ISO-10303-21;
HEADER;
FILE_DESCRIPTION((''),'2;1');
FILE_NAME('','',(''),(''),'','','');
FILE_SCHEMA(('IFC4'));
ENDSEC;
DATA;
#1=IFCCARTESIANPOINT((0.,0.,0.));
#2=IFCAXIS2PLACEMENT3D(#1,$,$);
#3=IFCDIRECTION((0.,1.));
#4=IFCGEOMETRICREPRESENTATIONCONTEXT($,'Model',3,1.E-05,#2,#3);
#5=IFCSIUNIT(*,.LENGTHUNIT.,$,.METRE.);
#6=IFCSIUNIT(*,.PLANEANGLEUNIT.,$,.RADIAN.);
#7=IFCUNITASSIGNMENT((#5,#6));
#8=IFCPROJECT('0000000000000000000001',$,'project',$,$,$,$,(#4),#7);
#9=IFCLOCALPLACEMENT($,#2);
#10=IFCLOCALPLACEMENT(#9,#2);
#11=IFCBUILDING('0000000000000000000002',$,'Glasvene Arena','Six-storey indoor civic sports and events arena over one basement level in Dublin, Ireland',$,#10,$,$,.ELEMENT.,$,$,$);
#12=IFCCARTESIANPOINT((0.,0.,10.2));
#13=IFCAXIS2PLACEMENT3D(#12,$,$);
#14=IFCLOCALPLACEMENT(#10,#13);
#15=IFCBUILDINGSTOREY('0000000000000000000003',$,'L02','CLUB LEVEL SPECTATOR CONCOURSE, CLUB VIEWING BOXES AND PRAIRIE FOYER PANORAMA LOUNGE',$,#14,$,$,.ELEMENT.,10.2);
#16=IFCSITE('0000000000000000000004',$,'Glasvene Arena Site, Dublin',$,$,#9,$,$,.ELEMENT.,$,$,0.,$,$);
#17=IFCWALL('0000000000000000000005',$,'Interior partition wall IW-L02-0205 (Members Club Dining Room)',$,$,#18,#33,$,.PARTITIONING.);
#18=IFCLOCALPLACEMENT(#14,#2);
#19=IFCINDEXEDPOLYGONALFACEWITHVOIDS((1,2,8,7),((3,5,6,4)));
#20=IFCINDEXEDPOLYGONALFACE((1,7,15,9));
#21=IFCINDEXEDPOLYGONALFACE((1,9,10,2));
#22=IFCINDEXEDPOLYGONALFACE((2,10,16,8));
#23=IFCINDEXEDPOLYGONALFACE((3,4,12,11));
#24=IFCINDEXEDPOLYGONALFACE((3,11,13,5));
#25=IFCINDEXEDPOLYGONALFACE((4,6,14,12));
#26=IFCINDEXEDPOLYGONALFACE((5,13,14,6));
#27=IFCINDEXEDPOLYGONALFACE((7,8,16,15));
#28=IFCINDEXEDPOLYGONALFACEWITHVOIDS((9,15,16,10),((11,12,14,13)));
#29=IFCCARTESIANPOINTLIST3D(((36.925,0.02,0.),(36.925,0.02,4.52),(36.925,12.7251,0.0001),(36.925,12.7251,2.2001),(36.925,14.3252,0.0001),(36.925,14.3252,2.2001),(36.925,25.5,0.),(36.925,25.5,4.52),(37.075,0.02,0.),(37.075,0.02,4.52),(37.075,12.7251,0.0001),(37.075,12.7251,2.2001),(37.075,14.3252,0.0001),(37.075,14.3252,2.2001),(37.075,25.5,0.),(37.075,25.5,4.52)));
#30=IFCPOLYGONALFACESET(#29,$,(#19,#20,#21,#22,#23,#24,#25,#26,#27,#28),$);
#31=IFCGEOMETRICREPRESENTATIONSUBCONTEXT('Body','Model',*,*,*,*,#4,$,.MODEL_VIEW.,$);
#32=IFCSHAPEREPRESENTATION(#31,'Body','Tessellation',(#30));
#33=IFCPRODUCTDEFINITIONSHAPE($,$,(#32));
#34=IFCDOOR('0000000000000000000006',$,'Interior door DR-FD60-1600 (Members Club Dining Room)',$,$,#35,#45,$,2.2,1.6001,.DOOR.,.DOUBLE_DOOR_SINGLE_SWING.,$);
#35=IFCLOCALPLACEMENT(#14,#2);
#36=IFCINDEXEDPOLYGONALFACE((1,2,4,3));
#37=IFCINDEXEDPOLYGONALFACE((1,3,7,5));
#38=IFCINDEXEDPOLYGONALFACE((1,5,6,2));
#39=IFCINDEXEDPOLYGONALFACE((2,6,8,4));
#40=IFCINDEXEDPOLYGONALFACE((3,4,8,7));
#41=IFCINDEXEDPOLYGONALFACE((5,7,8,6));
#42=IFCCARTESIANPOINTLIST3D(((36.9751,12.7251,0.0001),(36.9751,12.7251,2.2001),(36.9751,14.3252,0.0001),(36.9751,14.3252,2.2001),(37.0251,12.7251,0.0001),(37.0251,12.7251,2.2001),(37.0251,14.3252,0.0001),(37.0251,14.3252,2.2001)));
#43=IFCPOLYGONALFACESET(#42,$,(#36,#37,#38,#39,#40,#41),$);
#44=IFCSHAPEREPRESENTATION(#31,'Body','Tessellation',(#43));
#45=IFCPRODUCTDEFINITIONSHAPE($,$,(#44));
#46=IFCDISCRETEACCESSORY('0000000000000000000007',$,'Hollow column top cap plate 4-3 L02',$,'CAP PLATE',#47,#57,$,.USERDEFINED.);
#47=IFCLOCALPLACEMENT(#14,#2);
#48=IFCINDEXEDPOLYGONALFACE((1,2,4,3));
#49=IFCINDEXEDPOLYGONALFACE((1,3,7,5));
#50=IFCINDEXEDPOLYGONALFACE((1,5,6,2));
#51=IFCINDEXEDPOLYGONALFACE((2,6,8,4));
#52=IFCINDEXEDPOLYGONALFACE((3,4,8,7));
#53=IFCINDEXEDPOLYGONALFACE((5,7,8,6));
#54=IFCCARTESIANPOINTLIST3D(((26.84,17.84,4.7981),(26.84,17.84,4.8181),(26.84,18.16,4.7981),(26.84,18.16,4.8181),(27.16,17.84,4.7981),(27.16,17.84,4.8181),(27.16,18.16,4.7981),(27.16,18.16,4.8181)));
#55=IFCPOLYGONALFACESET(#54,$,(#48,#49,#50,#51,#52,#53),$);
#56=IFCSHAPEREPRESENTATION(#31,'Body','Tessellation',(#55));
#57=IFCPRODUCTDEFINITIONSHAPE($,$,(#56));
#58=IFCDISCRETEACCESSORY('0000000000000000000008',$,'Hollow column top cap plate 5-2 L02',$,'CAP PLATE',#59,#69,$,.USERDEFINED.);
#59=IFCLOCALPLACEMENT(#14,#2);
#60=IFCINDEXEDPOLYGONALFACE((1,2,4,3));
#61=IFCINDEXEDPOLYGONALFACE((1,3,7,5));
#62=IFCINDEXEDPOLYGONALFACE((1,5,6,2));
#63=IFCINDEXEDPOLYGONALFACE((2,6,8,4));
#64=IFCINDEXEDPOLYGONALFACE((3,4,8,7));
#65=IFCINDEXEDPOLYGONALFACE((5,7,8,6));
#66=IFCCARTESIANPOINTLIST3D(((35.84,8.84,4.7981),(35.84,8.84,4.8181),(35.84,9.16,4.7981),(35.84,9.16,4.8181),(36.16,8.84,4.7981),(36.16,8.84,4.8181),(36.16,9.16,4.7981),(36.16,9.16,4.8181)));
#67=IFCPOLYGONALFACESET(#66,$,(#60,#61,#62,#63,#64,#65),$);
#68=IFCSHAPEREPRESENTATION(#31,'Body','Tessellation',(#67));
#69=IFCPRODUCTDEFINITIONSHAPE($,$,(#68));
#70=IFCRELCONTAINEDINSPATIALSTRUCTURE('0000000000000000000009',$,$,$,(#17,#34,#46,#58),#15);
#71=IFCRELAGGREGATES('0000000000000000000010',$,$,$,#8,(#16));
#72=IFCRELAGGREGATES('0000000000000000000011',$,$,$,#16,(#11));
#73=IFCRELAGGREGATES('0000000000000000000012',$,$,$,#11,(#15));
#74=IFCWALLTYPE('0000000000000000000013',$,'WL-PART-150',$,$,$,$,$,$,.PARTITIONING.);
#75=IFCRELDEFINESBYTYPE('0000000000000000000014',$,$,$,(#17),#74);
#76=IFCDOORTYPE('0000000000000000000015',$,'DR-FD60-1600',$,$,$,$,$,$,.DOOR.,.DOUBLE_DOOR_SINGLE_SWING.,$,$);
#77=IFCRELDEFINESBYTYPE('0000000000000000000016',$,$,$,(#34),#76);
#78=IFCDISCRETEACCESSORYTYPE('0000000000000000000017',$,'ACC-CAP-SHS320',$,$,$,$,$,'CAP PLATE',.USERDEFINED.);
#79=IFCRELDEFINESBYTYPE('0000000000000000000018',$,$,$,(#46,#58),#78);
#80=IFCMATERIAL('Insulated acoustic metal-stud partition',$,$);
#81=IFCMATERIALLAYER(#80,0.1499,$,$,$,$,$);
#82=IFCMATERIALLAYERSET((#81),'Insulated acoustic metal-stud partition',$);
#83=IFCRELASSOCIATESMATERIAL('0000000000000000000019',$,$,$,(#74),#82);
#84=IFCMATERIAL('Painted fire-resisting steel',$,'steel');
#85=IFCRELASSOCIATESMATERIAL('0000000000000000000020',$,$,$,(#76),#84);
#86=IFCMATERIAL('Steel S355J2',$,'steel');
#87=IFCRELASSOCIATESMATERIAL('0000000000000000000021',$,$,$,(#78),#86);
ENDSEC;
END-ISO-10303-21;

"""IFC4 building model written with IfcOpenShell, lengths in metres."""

from ifc_helpers import new_model, si_unit, direction, frame, frame_2d, origin, origin_2d, place, context, subcontext, project, spatial, rectangle, extrude, material, layer, layer_set, type_object, element, fill, save


model = new_model("IFC4")

# Units and contexts
model_context = context("Model", 3, precision=1e-05, world=origin(), true_north=direction((0.0, 1.0)))
body_context = subcontext(model_context, "Body", "Model", "MODEL_VIEW")
ifc_project = project(units=[si_unit("LENGTHUNIT", "METRE"), si_unit("PLANEANGLEUNIT", "RADIAN")], contexts=[model_context])

# Site, building, storey
site_placement = place(None, origin())
site = spatial("IfcSite", under=ifc_project, at=site_placement, Name="Glasvene Arena Site, Dublin", CompositionType="ELEMENT", RefElevation=0.0)
building_placement = place(site_placement, origin())
building = spatial("IfcBuilding", under=site, at=building_placement, Name="Glasvene Arena", Description="Six-storey indoor civic sports and events arena over one basement level in Dublin, Ireland", CompositionType="ELEMENT")
storey_placement = place(building_placement, frame((0.0, 0.0, 10.2)))
storey = spatial("IfcBuildingStorey", under=building, at=storey_placement, Name="L02", Description="CLUB LEVEL SPECTATOR CONCOURSE, CLUB VIEWING BOXES AND PRAIRIE FOYER PANORAMA LOUNGE", CompositionType="ELEMENT", Elevation=10.2)

# Shared definitions
ifc_material_1 = material(Name="Steel S355J2", Category="steel")

# Wall, opening, door
ifc_material_2 = material(Name="Insulated acoustic metal-stud partition")
ifc_layer_1 = layer(ifc_material_2, 0.1499)
ifc_layer_set_1 = layer_set([ifc_layer_1], Name="Insulated acoustic metal-stud partition")
wall_type_1 = type_object("IfcWallType", Name="WL-PART-150", PredefinedType="PARTITIONING", material=ifc_layer_set_1)
wall_1_placement = place(storey_placement, frame((37.0, 0.02, 0.0), z_axis=(0.0, 0.0, 1.0), x_axis=(0.0, 1.0, 0.0)))
wall_1 = element("IfcWall", 1, at=wall_1_placement, inside=storey, type_object=wall_type_1, Name="Interior partition wall IW-L02-0205 (Members Club Dining Room)", PredefinedType="PARTITIONING", context=body_context, shape_type="SweptSolid", body=[
    extrude(rectangle(XDim=25.48, YDim=0.1499, at=frame_2d((12.74, 0.0))), origin(), (0.0, 0.0, 1.0), 4.52),
])
opening_1_placement = place(wall_1_placement, frame((12.7051, 0.0, 0.0)))
opening_1 = element("IfcOpeningElement", 2, at=opening_1_placement, cuts=wall_1, PredefinedType="OPENING", context=body_context, shape_type="SweptSolid", body=[
    extrude(rectangle(XDim=1.6001, YDim=2.2, at=frame_2d((0.8, 1.1001))), frame((0.0, 0.085, 0.0), z_axis=(0.0, -1.0, 0.0), x_axis=(1.0, 0.0, 0.0)), (0.0, 0.0, 1.0), 0.1699),
])
ifc_material_3 = material(Name="Painted fire-resisting steel", Category="steel")
door_type = type_object("IfcDoorType", Name="DR-FD60-1600", OperationType="DOUBLE_DOOR_SINGLE_SWING", PredefinedType="DOOR", material=ifc_material_3)
door_placement = place(opening_1_placement, origin())
door = element("IfcDoor", 3, at=door_placement, inside=storey, type_object=door_type, Name="Interior door DR-FD60-1600 (Members Club Dining Room)", OperationType="DOUBLE_DOOR_SINGLE_SWING", OverallHeight=2.2, OverallWidth=1.6001, PredefinedType="DOOR", context=body_context, shape_type="SweptSolid", body=[
    extrude(rectangle(XDim=1.6001, YDim=2.2, at=frame_2d((0.8, 1.1001))), frame((0.0, 0.0249, 0.0), z_axis=(0.0, -1.0, 0.0), x_axis=(1.0, 0.0, 0.0)), (0.0, 0.0, 1.0), 0.05),
])
fill(opening_1, door)

# Discrete accessories
discrete_accessory_type = type_object("IfcDiscreteAccessoryType", Name="ACC-CAP-SHS320", ElementType="CAP PLATE", PredefinedType="USERDEFINED", material=ifc_material_1)
for number, where, z_axis, x_axis, name in (
    (4, (27.0, 18.0, 4.7981), (0.0, 0.0, 1.0), (1.0, 0.0, 0.0), "Hollow column top cap plate 4-3 L02"),
    (5, (36.0, 9.0, 4.7981), (0.0, 0.0, 1.0), (1.0, 0.0, 0.0), "Hollow column top cap plate 5-2 L02"),
):
    element("IfcDiscreteAccessory", number, at=place(storey_placement, frame(where, z_axis=z_axis, x_axis=x_axis)), inside=storey, type_object=discrete_accessory_type, Name=name, ObjectType="CAP PLATE", PredefinedType="USERDEFINED", context=body_context, shape_type="SweptSolid", body=[
        extrude(rectangle(XDim=0.3201, YDim=0.3201, at=origin_2d()), origin(), (0.0, 0.0, 1.0), 0.02),
    ])

save(model, "model.ifc")
